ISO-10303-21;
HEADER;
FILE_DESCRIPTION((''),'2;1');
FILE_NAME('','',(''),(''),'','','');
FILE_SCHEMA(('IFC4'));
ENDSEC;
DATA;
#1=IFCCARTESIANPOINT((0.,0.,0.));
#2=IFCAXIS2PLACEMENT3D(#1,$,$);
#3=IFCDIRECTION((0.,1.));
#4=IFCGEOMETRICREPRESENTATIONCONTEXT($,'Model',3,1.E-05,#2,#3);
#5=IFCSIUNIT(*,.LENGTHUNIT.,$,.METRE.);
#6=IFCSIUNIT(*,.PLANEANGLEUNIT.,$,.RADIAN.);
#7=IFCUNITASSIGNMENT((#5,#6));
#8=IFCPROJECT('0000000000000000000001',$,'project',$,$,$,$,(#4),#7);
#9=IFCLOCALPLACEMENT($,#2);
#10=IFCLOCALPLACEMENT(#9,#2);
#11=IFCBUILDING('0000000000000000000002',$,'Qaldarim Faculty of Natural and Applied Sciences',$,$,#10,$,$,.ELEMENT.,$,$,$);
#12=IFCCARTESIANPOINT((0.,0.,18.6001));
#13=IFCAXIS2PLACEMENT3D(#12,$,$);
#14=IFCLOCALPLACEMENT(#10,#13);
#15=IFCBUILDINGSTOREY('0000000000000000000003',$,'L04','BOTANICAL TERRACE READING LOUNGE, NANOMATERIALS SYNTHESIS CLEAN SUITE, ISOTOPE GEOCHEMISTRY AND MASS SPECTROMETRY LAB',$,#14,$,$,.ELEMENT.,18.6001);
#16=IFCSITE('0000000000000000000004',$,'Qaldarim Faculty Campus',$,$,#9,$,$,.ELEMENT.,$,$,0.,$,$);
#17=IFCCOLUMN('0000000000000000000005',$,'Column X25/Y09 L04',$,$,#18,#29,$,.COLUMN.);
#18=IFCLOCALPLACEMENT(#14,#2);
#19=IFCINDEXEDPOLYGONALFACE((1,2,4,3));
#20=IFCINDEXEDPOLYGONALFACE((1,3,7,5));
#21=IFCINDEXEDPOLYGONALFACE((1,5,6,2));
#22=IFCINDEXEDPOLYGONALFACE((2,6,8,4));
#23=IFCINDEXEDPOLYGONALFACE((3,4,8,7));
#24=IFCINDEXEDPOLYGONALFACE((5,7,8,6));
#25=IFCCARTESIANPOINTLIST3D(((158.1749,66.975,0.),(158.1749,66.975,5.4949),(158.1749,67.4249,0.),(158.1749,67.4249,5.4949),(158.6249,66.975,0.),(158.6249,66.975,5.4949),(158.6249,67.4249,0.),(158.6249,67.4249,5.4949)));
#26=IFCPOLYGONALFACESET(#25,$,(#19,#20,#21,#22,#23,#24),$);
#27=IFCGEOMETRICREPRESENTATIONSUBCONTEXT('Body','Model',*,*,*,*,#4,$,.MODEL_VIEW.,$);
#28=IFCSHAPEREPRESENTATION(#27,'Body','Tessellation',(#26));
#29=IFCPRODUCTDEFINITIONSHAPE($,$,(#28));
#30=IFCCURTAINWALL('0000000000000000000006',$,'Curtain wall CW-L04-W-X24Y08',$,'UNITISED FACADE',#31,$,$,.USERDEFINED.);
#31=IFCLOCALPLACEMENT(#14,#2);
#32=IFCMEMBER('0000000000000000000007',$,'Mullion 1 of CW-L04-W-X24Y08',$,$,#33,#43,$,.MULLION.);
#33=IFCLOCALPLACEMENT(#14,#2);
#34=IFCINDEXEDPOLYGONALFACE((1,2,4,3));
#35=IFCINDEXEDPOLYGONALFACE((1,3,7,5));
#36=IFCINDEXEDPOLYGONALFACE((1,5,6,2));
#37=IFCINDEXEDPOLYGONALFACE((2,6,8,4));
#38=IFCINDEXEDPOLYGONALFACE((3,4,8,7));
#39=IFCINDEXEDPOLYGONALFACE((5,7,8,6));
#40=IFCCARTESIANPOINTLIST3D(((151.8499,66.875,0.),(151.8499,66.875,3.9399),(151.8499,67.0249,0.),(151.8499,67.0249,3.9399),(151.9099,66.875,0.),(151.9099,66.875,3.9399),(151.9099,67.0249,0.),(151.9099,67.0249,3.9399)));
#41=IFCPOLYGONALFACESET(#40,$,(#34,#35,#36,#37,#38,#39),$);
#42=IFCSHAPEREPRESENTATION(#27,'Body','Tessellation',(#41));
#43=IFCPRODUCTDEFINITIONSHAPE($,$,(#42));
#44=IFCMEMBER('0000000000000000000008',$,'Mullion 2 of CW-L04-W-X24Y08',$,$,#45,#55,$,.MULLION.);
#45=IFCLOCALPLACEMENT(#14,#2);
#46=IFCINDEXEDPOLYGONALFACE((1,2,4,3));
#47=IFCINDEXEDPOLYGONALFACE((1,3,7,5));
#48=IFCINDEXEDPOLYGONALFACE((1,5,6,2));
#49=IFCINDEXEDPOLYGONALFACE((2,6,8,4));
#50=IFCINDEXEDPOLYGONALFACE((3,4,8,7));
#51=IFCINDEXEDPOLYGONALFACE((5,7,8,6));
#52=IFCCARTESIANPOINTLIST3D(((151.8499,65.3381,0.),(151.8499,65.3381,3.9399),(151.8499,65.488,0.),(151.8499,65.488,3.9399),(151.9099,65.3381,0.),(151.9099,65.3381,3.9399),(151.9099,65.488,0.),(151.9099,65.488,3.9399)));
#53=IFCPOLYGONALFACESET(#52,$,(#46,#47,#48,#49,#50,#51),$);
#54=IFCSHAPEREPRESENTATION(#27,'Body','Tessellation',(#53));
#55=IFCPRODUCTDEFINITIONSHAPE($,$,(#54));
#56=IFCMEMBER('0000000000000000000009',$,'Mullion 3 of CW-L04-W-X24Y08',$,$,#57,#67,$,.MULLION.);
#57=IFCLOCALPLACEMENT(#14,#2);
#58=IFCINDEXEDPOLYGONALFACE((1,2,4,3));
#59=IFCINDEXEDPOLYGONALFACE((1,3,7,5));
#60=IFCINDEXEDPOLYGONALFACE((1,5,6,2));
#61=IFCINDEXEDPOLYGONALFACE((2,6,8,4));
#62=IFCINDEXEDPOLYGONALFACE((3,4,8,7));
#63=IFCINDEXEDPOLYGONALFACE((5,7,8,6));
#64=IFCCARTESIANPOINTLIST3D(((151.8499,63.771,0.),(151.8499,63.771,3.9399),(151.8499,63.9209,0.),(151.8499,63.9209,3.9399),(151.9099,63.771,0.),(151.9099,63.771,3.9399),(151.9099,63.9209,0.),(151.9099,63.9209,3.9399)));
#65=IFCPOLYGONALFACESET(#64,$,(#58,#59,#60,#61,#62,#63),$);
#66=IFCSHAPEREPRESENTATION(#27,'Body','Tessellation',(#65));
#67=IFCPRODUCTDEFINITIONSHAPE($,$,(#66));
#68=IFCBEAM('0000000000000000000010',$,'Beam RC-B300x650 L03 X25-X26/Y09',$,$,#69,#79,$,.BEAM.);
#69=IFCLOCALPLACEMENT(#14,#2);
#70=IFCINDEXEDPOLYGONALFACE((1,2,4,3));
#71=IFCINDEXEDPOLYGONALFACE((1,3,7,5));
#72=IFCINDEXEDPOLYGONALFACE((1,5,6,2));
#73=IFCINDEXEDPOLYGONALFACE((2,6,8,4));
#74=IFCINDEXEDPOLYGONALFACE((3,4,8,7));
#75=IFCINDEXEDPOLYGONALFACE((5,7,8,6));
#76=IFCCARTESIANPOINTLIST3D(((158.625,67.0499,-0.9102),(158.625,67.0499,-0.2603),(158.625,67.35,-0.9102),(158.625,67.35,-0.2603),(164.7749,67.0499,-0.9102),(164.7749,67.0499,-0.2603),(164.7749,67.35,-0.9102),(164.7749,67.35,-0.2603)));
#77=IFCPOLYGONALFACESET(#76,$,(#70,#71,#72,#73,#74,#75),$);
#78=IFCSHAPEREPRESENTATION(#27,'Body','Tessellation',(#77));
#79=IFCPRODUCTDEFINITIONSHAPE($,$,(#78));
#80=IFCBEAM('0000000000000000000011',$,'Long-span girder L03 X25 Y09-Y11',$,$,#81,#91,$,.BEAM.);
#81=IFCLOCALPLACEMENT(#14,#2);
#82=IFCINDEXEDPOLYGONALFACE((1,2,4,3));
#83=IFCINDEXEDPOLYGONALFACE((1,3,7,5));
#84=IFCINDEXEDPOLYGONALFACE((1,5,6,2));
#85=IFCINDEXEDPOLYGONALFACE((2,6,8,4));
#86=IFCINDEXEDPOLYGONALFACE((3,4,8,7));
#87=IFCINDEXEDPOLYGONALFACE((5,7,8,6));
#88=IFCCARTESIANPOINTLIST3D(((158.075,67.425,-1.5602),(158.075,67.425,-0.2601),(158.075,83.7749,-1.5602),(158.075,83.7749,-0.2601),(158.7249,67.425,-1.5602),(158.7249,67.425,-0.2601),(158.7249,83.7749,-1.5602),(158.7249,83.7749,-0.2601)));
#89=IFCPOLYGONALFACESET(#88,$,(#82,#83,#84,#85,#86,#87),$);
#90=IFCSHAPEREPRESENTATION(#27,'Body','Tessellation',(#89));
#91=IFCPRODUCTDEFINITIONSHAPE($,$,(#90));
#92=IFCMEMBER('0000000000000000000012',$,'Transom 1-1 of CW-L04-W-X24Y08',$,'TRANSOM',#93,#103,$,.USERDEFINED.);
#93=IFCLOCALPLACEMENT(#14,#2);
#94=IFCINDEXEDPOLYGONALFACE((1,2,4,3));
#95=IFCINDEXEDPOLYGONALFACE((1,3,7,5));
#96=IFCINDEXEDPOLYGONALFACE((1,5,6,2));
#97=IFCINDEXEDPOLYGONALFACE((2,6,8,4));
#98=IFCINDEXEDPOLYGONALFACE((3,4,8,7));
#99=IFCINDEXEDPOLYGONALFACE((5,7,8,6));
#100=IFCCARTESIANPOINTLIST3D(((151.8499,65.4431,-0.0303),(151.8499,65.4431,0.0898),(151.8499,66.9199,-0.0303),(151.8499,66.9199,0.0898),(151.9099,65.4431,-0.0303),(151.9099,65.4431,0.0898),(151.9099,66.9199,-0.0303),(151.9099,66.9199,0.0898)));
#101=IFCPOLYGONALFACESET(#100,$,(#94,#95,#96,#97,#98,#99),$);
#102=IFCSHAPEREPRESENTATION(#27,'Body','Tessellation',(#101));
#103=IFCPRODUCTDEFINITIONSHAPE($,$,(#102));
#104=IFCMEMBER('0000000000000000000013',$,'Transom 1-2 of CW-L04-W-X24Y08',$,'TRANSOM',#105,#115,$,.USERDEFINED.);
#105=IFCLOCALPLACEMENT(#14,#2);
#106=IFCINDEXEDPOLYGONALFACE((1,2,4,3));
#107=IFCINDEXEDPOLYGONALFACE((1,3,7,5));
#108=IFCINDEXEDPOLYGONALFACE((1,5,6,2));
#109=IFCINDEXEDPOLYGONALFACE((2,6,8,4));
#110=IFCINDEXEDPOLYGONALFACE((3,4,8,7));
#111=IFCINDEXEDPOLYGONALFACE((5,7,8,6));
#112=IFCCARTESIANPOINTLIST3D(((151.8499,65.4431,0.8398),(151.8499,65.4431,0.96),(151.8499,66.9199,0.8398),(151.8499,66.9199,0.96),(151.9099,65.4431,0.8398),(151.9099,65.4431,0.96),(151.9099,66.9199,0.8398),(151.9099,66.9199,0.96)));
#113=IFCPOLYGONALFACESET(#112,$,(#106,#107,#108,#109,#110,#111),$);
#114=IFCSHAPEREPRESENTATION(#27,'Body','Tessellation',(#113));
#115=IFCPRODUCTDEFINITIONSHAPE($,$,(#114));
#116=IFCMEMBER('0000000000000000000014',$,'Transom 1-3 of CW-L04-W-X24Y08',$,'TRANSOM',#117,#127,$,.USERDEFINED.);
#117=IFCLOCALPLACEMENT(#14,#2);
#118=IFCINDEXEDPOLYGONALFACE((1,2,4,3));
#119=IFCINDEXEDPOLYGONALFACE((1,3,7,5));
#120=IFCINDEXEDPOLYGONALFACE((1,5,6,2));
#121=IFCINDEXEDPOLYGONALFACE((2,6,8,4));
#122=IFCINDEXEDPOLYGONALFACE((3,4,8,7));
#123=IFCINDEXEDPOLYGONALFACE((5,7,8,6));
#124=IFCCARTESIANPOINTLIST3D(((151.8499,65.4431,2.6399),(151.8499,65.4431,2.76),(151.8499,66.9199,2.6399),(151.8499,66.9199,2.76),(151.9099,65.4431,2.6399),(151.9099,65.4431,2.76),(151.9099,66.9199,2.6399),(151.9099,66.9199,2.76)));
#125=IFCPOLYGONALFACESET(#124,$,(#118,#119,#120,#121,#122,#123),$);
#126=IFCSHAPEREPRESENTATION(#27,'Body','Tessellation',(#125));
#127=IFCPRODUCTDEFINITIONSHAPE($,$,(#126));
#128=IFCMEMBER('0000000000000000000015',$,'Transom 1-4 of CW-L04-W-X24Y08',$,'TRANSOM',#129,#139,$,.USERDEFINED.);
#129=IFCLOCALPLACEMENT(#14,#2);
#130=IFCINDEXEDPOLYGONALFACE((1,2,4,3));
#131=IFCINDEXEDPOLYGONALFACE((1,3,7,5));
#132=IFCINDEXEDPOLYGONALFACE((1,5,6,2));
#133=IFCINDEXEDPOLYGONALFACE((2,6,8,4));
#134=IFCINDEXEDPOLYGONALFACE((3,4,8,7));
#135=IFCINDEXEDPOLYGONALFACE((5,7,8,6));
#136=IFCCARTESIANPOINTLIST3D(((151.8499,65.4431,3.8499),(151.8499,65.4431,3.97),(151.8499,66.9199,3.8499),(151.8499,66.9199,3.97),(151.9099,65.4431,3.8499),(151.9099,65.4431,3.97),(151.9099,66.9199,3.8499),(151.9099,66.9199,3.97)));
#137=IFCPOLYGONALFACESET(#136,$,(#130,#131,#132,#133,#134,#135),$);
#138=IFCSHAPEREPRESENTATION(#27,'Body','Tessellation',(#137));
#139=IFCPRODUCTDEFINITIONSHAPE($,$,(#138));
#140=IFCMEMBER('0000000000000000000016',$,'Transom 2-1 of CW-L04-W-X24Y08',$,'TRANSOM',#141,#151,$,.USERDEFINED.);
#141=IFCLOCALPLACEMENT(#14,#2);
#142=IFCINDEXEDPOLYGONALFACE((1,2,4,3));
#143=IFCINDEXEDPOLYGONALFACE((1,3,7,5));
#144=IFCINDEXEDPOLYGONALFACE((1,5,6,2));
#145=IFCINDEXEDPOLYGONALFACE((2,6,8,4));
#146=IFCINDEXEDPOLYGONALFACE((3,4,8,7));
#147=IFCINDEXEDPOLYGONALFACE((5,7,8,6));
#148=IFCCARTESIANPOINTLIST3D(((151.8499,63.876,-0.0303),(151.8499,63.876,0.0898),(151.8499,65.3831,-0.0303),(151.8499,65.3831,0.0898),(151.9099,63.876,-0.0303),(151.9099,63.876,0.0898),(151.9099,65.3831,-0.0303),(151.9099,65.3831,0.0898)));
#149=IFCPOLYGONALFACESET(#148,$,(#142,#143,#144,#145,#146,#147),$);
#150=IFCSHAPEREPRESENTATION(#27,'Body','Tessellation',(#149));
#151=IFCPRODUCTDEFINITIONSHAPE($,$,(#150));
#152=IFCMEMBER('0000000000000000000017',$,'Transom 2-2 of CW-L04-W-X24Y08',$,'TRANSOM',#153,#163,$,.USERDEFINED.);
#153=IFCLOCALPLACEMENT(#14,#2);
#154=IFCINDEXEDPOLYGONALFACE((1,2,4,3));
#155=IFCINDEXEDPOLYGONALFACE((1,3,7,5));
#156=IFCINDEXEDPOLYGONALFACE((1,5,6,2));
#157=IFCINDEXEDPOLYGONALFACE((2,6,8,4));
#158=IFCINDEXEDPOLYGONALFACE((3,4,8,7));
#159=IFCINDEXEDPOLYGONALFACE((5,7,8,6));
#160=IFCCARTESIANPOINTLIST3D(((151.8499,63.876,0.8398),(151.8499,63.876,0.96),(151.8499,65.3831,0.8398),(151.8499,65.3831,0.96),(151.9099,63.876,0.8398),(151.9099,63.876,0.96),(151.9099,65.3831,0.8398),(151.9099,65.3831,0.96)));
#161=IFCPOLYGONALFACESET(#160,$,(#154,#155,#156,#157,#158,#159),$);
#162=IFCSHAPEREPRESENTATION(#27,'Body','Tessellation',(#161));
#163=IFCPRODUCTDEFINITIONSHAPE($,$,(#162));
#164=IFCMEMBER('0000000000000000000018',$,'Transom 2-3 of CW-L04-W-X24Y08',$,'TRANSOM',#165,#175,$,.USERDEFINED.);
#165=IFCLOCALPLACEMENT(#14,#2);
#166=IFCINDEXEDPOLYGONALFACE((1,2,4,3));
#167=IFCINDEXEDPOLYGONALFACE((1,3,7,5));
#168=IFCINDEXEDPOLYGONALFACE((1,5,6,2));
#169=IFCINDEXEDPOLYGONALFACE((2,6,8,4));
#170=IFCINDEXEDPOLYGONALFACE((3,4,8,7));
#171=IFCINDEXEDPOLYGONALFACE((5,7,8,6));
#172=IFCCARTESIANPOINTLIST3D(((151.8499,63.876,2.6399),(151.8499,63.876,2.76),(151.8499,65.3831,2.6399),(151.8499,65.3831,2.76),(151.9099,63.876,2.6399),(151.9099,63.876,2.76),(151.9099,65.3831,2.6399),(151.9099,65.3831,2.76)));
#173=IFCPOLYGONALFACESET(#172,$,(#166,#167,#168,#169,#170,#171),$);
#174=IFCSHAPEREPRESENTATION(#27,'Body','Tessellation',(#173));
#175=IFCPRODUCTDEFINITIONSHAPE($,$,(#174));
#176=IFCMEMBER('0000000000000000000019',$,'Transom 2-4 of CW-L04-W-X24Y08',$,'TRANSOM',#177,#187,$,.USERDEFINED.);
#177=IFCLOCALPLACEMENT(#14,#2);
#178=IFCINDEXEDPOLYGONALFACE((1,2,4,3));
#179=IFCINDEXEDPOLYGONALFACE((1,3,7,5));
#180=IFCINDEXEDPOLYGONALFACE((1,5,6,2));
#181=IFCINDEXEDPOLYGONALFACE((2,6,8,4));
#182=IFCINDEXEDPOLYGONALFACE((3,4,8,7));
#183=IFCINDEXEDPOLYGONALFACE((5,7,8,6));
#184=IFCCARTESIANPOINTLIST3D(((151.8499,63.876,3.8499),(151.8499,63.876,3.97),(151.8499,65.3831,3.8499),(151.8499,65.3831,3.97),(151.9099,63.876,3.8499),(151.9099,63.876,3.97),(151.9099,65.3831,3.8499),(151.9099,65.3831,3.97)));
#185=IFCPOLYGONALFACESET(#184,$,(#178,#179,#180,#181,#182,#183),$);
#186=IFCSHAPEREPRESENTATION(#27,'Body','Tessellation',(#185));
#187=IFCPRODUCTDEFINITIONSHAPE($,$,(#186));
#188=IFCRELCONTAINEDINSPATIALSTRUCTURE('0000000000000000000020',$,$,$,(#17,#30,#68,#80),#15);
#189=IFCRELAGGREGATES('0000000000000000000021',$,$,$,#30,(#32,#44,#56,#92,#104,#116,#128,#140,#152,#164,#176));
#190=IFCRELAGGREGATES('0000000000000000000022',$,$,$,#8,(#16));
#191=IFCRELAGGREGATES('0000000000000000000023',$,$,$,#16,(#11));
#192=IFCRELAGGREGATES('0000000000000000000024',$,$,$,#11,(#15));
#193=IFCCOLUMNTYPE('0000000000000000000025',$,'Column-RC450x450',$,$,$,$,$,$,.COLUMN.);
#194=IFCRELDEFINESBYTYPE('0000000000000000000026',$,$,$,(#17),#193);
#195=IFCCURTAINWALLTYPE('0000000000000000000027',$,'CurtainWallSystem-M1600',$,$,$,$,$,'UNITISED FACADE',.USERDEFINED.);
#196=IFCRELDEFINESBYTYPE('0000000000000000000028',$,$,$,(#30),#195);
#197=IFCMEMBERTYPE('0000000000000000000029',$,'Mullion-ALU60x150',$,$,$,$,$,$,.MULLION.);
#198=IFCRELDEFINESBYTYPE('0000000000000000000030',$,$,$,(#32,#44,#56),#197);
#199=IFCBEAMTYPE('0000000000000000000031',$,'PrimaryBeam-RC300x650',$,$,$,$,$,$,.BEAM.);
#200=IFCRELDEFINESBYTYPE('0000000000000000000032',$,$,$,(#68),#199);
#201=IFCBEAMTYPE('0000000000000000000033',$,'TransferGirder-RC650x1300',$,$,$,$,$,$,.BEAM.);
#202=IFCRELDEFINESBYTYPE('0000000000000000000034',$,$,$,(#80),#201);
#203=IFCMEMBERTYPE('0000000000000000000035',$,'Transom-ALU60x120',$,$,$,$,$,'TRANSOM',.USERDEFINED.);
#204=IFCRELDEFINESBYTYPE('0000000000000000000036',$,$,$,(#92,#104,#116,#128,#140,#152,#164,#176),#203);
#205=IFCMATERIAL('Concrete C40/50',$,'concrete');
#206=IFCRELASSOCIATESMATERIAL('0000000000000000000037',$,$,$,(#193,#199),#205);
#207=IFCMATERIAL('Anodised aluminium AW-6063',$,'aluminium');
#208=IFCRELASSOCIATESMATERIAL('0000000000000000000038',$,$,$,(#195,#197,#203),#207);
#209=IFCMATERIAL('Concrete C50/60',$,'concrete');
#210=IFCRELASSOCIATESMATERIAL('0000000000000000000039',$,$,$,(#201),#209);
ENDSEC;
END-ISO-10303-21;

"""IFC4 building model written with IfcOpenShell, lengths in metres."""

from ifc_helpers import new_model, si_unit, direction, frame, origin, origin_2d, place, context, subcontext, project, spatial, rectangle, extrude, material, material_profile, profile_set, type_object, element, aggregate, save


model = new_model("IFC4")

# Units and contexts
model_context = context("Model", 3, precision=1e-05, world=origin(), true_north=direction((0.0, 1.0)))
body_context = subcontext(model_context, "Body", "Model", "MODEL_VIEW")
ifc_project = project(units=[si_unit("LENGTHUNIT", "METRE"), si_unit("PLANEANGLEUNIT", "RADIAN")], contexts=[model_context])

# Site, building, storey
site_placement = place(None, origin())
site = spatial("IfcSite", under=ifc_project, at=site_placement, Name="Qaldarim Faculty Campus", CompositionType="ELEMENT", RefElevation=0.0)
building_placement = place(site_placement, origin())
building = spatial("IfcBuilding", under=site, at=building_placement, Name="Qaldarim Faculty of Natural and Applied Sciences", CompositionType="ELEMENT")
storey_placement = place(building_placement, frame((0.0, 0.0, 18.6001)))
storey = spatial("IfcBuildingStorey", under=building, at=storey_placement, Name="L04", Description="BOTANICAL TERRACE READING LOUNGE, NANOMATERIALS SYNTHESIS CLEAN SUITE, ISOTOPE GEOCHEMISTRY AND MASS SPECTROMETRY LAB", CompositionType="ELEMENT", Elevation=18.6001)

# Column
ifc_material_1 = material(Name="Concrete C40/50", Category="concrete")
ifc_material_profile_1 = material_profile(ifc_material_1, rectangle(XDim=0.45, YDim=0.45, at=origin_2d()), Name="RC-C450x450")
ifc_profile_set_1 = profile_set([ifc_material_profile_1], Name="Concrete C40/50")
column_type = type_object("IfcColumnType", Name="Column-RC450x450", PredefinedType="COLUMN", material=ifc_profile_set_1)
column_placement = place(storey_placement, frame((158.3999, 67.2, 0.0), z_axis=(0.0, 0.0, 1.0), x_axis=(1.0, 0.0, 0.0)))
element("IfcColumn", 1, at=column_placement, inside=storey, type_object=column_type, Name="Column X25/Y09 L04", PredefinedType="COLUMN", context=body_context, shape_type="SweptSolid", body=[
    extrude(rectangle(XDim=0.45, YDim=0.45, at=origin_2d()), origin(), (0.0, 0.0, 1.0), 5.4949),
])

# Curtain wall, members
ifc_material_2 = material(Name="Anodised aluminium AW-6063", Category="aluminium")
curtain_wall_type = type_object("IfcCurtainWallType", Name="CurtainWallSystem-M1600", ElementType="UNITISED FACADE", PredefinedType="USERDEFINED", material=ifc_material_2)
curtain_wall_placement = place(storey_placement, origin())
curtain_wall = element("IfcCurtainWall", 2, at=curtain_wall_placement, inside=storey, type_object=curtain_wall_type, Name="Curtain wall CW-L04-W-X24Y08", ObjectType="UNITISED FACADE", PredefinedType="USERDEFINED")
ifc_material_profile_2 = material_profile(ifc_material_2, rectangle(XDim=0.0601, YDim=0.1499, at=origin_2d()), Name="ALU-M60x150")
ifc_profile_set_2 = profile_set([ifc_material_profile_2], Name="Anodised aluminium AW-6063")
member_type_1 = type_object("IfcMemberType", Name="Mullion-ALU60x150", PredefinedType="MULLION", material=ifc_profile_set_2)
member_1_placement = place(storey_placement, frame((151.8799, 66.95, 0.0), z_axis=(0.0, 0.0, 1.0), x_axis=(1.0, 0.0, 0.0)))
member_1 = element("IfcMember", 3, at=member_1_placement, type_object=member_type_1, Name="Mullion 1 of CW-L04-W-X24Y08", PredefinedType="MULLION", context=body_context, shape_type="SweptSolid", body=[
    extrude(rectangle(XDim=0.0601, YDim=0.1499, at=origin_2d()), origin(), (0.0, 0.0, 1.0), 3.9399),
])
member_2_placement = place(storey_placement, frame((151.8799, 65.4131, 0.0), z_axis=(0.0, 0.0, 1.0), x_axis=(1.0, 0.0, 0.0)))
member_2 = element("IfcMember", 4, at=member_2_placement, type_object=member_type_1, Name="Mullion 2 of CW-L04-W-X24Y08", PredefinedType="MULLION", context=body_context, shape_type="SweptSolid", body=[
    extrude(rectangle(XDim=0.0601, YDim=0.1499, at=origin_2d()), origin(), (0.0, 0.0, 1.0), 3.9399),
])
member_3_placement = place(storey_placement, frame((151.8799, 63.8459, 0.0), z_axis=(0.0, 0.0, 1.0), x_axis=(1.0, 0.0, 0.0)))
member_3 = element("IfcMember", 5, at=member_3_placement, type_object=member_type_1, Name="Mullion 3 of CW-L04-W-X24Y08", PredefinedType="MULLION", context=body_context, shape_type="SweptSolid", body=[
    extrude(rectangle(XDim=0.0601, YDim=0.1499, at=origin_2d()), origin(), (0.0, 0.0, 1.0), 3.9399),
])

# Beams
ifc_material_profile_3 = material_profile(ifc_material_1, rectangle(XDim=0.3, YDim=0.6499, at=origin_2d()), Name="RC-B300x650")
ifc_profile_set_3 = profile_set([ifc_material_profile_3], Name="Concrete C40/50")
beam_type_1 = type_object("IfcBeamType", Name="PrimaryBeam-RC300x650", PredefinedType="BEAM", material=ifc_profile_set_3)
beam_1_placement = place(storey_placement, frame((158.625, 67.2, -0.5852), z_axis=(1.0, 0.0, 0.0), x_axis=(0.0, 1.0, 0.0)))
element("IfcBeam", 6, at=beam_1_placement, inside=storey, type_object=beam_type_1, Name="Beam RC-B300x650 L03 X25-X26/Y09", PredefinedType="BEAM", context=body_context, shape_type="SweptSolid", body=[
    extrude(rectangle(XDim=0.3, YDim=0.6499, at=origin_2d()), origin(), (0.0, 0.0, 1.0), 6.1499),
])
ifc_material_3 = material(Name="Concrete C50/60", Category="concrete")
ifc_material_profile_4 = material_profile(ifc_material_3, rectangle(XDim=0.6499, YDim=1.3, at=origin_2d()), Name="RC-TG650x1300")
ifc_profile_set_4 = profile_set([ifc_material_profile_4], Name="Concrete C50/60")
beam_type_2 = type_object("IfcBeamType", Name="TransferGirder-RC650x1300", PredefinedType="BEAM", material=ifc_profile_set_4)
beam_2_placement = place(storey_placement, frame((158.3999, 67.425, -0.9102), z_axis=(0.0, 1.0, 0.0), x_axis=(-1.0, 0.0, 0.0)))
element("IfcBeam", 7, at=beam_2_placement, inside=storey, type_object=beam_type_2, Name="Long-span girder L03 X25 Y09-Y11", PredefinedType="BEAM", context=body_context, shape_type="SweptSolid", body=[
    extrude(rectangle(XDim=0.6499, YDim=1.3, at=origin_2d()), origin(), (0.0, 0.0, 1.0), 16.3499),
])

# Members
ifc_material_profile_5 = material_profile(ifc_material_2, rectangle(XDim=0.0601, YDim=0.1201, at=origin_2d()), Name="ALU-T60x120")
ifc_profile_set_5 = profile_set([ifc_material_profile_5], Name="Anodised aluminium AW-6063")
member_type_2 = type_object("IfcMemberType", Name="Transom-ALU60x120", ElementType="TRANSOM", PredefinedType="USERDEFINED", material=ifc_profile_set_5)
member_4_placement = place(storey_placement, frame((151.8799, 66.9199, 0.0298), z_axis=(0.0, -1.0, 0.0), x_axis=(1.0, 0.0, 0.0)))
member_4 = element("IfcMember", 8, at=member_4_placement, type_object=member_type_2, Name="Transom 1-1 of CW-L04-W-X24Y08", ObjectType="TRANSOM", PredefinedType="USERDEFINED", context=body_context, shape_type="SweptSolid", body=[
    extrude(rectangle(XDim=0.0601, YDim=0.1201, at=origin_2d()), origin(), (0.0, 0.0, 1.0), 1.4768),
])
member_5_placement = place(storey_placement, frame((151.8799, 66.9199, 0.8999), z_axis=(0.0, -1.0, 0.0), x_axis=(1.0, 0.0, 0.0)))
member_5 = element("IfcMember", 9, at=member_5_placement, type_object=member_type_2, Name="Transom 1-2 of CW-L04-W-X24Y08", ObjectType="TRANSOM", PredefinedType="USERDEFINED", context=body_context, shape_type="SweptSolid", body=[
    extrude(rectangle(XDim=0.0601, YDim=0.1201, at=origin_2d()), origin(), (0.0, 0.0, 1.0), 1.4768),
])
member_6_placement = place(storey_placement, frame((151.8799, 66.9199, 2.7), z_axis=(0.0, -1.0, 0.0), x_axis=(1.0, 0.0, 0.0)))
member_6 = element("IfcMember", 10, at=member_6_placement, type_object=member_type_2, Name="Transom 1-3 of CW-L04-W-X24Y08", ObjectType="TRANSOM", PredefinedType="USERDEFINED", context=body_context, shape_type="SweptSolid", body=[
    extrude(rectangle(XDim=0.0601, YDim=0.1201, at=origin_2d()), origin(), (0.0, 0.0, 1.0), 1.4768),
])
member_7_placement = place(storey_placement, frame((151.8799, 66.9199, 3.9099), z_axis=(0.0, -1.0, 0.0), x_axis=(1.0, 0.0, 0.0)))
member_7 = element("IfcMember", 11, at=member_7_placement, type_object=member_type_2, Name="Transom 1-4 of CW-L04-W-X24Y08", ObjectType="TRANSOM", PredefinedType="USERDEFINED", context=body_context, shape_type="SweptSolid", body=[
    extrude(rectangle(XDim=0.0601, YDim=0.1201, at=origin_2d()), origin(), (0.0, 0.0, 1.0), 1.4768),
])
member_8_placement = place(storey_placement, frame((151.8799, 65.3831, 0.0298), z_axis=(0.0, -1.0, 0.0), x_axis=(1.0, 0.0, 0.0)))
member_8 = element("IfcMember", 12, at=member_8_placement, type_object=member_type_2, Name="Transom 2-1 of CW-L04-W-X24Y08", ObjectType="TRANSOM", PredefinedType="USERDEFINED", context=body_context, shape_type="SweptSolid", body=[
    extrude(rectangle(XDim=0.0601, YDim=0.1201, at=origin_2d()), origin(), (0.0, 0.0, 1.0), 1.5071),
])
member_9_placement = place(storey_placement, frame((151.8799, 65.3831, 0.8999), z_axis=(0.0, -1.0, 0.0), x_axis=(1.0, 0.0, 0.0)))
member_9 = element("IfcMember", 13, at=member_9_placement, type_object=member_type_2, Name="Transom 2-2 of CW-L04-W-X24Y08", ObjectType="TRANSOM", PredefinedType="USERDEFINED", context=body_context, shape_type="SweptSolid", body=[
    extrude(rectangle(XDim=0.0601, YDim=0.1201, at=origin_2d()), origin(), (0.0, 0.0, 1.0), 1.5071),
])
member_10_placement = place(storey_placement, frame((151.8799, 65.3831, 2.7), z_axis=(0.0, -1.0, 0.0), x_axis=(1.0, 0.0, 0.0)))
member_10 = element("IfcMember", 14, at=member_10_placement, type_object=member_type_2, Name="Transom 2-3 of CW-L04-W-X24Y08", ObjectType="TRANSOM", PredefinedType="USERDEFINED", context=body_context, shape_type="SweptSolid", body=[
    extrude(rectangle(XDim=0.0601, YDim=0.1201, at=origin_2d()), origin(), (0.0, 0.0, 1.0), 1.5071),
])
member_11_placement = place(storey_placement, frame((151.8799, 65.3831, 3.9099), z_axis=(0.0, -1.0, 0.0), x_axis=(1.0, 0.0, 0.0)))
member_11 = element("IfcMember", 15, at=member_11_placement, type_object=member_type_2, Name="Transom 2-4 of CW-L04-W-X24Y08", ObjectType="TRANSOM", PredefinedType="USERDEFINED", context=body_context, shape_type="SweptSolid", body=[
    extrude(rectangle(XDim=0.0601, YDim=0.1201, at=origin_2d()), origin(), (0.0, 0.0, 1.0), 1.5071),
])

aggregate(curtain_wall, [member_1, member_2, member_3, member_4, member_5, member_6, member_7, member_8, member_9, member_10, member_11])

save(model, "model.ifc")
